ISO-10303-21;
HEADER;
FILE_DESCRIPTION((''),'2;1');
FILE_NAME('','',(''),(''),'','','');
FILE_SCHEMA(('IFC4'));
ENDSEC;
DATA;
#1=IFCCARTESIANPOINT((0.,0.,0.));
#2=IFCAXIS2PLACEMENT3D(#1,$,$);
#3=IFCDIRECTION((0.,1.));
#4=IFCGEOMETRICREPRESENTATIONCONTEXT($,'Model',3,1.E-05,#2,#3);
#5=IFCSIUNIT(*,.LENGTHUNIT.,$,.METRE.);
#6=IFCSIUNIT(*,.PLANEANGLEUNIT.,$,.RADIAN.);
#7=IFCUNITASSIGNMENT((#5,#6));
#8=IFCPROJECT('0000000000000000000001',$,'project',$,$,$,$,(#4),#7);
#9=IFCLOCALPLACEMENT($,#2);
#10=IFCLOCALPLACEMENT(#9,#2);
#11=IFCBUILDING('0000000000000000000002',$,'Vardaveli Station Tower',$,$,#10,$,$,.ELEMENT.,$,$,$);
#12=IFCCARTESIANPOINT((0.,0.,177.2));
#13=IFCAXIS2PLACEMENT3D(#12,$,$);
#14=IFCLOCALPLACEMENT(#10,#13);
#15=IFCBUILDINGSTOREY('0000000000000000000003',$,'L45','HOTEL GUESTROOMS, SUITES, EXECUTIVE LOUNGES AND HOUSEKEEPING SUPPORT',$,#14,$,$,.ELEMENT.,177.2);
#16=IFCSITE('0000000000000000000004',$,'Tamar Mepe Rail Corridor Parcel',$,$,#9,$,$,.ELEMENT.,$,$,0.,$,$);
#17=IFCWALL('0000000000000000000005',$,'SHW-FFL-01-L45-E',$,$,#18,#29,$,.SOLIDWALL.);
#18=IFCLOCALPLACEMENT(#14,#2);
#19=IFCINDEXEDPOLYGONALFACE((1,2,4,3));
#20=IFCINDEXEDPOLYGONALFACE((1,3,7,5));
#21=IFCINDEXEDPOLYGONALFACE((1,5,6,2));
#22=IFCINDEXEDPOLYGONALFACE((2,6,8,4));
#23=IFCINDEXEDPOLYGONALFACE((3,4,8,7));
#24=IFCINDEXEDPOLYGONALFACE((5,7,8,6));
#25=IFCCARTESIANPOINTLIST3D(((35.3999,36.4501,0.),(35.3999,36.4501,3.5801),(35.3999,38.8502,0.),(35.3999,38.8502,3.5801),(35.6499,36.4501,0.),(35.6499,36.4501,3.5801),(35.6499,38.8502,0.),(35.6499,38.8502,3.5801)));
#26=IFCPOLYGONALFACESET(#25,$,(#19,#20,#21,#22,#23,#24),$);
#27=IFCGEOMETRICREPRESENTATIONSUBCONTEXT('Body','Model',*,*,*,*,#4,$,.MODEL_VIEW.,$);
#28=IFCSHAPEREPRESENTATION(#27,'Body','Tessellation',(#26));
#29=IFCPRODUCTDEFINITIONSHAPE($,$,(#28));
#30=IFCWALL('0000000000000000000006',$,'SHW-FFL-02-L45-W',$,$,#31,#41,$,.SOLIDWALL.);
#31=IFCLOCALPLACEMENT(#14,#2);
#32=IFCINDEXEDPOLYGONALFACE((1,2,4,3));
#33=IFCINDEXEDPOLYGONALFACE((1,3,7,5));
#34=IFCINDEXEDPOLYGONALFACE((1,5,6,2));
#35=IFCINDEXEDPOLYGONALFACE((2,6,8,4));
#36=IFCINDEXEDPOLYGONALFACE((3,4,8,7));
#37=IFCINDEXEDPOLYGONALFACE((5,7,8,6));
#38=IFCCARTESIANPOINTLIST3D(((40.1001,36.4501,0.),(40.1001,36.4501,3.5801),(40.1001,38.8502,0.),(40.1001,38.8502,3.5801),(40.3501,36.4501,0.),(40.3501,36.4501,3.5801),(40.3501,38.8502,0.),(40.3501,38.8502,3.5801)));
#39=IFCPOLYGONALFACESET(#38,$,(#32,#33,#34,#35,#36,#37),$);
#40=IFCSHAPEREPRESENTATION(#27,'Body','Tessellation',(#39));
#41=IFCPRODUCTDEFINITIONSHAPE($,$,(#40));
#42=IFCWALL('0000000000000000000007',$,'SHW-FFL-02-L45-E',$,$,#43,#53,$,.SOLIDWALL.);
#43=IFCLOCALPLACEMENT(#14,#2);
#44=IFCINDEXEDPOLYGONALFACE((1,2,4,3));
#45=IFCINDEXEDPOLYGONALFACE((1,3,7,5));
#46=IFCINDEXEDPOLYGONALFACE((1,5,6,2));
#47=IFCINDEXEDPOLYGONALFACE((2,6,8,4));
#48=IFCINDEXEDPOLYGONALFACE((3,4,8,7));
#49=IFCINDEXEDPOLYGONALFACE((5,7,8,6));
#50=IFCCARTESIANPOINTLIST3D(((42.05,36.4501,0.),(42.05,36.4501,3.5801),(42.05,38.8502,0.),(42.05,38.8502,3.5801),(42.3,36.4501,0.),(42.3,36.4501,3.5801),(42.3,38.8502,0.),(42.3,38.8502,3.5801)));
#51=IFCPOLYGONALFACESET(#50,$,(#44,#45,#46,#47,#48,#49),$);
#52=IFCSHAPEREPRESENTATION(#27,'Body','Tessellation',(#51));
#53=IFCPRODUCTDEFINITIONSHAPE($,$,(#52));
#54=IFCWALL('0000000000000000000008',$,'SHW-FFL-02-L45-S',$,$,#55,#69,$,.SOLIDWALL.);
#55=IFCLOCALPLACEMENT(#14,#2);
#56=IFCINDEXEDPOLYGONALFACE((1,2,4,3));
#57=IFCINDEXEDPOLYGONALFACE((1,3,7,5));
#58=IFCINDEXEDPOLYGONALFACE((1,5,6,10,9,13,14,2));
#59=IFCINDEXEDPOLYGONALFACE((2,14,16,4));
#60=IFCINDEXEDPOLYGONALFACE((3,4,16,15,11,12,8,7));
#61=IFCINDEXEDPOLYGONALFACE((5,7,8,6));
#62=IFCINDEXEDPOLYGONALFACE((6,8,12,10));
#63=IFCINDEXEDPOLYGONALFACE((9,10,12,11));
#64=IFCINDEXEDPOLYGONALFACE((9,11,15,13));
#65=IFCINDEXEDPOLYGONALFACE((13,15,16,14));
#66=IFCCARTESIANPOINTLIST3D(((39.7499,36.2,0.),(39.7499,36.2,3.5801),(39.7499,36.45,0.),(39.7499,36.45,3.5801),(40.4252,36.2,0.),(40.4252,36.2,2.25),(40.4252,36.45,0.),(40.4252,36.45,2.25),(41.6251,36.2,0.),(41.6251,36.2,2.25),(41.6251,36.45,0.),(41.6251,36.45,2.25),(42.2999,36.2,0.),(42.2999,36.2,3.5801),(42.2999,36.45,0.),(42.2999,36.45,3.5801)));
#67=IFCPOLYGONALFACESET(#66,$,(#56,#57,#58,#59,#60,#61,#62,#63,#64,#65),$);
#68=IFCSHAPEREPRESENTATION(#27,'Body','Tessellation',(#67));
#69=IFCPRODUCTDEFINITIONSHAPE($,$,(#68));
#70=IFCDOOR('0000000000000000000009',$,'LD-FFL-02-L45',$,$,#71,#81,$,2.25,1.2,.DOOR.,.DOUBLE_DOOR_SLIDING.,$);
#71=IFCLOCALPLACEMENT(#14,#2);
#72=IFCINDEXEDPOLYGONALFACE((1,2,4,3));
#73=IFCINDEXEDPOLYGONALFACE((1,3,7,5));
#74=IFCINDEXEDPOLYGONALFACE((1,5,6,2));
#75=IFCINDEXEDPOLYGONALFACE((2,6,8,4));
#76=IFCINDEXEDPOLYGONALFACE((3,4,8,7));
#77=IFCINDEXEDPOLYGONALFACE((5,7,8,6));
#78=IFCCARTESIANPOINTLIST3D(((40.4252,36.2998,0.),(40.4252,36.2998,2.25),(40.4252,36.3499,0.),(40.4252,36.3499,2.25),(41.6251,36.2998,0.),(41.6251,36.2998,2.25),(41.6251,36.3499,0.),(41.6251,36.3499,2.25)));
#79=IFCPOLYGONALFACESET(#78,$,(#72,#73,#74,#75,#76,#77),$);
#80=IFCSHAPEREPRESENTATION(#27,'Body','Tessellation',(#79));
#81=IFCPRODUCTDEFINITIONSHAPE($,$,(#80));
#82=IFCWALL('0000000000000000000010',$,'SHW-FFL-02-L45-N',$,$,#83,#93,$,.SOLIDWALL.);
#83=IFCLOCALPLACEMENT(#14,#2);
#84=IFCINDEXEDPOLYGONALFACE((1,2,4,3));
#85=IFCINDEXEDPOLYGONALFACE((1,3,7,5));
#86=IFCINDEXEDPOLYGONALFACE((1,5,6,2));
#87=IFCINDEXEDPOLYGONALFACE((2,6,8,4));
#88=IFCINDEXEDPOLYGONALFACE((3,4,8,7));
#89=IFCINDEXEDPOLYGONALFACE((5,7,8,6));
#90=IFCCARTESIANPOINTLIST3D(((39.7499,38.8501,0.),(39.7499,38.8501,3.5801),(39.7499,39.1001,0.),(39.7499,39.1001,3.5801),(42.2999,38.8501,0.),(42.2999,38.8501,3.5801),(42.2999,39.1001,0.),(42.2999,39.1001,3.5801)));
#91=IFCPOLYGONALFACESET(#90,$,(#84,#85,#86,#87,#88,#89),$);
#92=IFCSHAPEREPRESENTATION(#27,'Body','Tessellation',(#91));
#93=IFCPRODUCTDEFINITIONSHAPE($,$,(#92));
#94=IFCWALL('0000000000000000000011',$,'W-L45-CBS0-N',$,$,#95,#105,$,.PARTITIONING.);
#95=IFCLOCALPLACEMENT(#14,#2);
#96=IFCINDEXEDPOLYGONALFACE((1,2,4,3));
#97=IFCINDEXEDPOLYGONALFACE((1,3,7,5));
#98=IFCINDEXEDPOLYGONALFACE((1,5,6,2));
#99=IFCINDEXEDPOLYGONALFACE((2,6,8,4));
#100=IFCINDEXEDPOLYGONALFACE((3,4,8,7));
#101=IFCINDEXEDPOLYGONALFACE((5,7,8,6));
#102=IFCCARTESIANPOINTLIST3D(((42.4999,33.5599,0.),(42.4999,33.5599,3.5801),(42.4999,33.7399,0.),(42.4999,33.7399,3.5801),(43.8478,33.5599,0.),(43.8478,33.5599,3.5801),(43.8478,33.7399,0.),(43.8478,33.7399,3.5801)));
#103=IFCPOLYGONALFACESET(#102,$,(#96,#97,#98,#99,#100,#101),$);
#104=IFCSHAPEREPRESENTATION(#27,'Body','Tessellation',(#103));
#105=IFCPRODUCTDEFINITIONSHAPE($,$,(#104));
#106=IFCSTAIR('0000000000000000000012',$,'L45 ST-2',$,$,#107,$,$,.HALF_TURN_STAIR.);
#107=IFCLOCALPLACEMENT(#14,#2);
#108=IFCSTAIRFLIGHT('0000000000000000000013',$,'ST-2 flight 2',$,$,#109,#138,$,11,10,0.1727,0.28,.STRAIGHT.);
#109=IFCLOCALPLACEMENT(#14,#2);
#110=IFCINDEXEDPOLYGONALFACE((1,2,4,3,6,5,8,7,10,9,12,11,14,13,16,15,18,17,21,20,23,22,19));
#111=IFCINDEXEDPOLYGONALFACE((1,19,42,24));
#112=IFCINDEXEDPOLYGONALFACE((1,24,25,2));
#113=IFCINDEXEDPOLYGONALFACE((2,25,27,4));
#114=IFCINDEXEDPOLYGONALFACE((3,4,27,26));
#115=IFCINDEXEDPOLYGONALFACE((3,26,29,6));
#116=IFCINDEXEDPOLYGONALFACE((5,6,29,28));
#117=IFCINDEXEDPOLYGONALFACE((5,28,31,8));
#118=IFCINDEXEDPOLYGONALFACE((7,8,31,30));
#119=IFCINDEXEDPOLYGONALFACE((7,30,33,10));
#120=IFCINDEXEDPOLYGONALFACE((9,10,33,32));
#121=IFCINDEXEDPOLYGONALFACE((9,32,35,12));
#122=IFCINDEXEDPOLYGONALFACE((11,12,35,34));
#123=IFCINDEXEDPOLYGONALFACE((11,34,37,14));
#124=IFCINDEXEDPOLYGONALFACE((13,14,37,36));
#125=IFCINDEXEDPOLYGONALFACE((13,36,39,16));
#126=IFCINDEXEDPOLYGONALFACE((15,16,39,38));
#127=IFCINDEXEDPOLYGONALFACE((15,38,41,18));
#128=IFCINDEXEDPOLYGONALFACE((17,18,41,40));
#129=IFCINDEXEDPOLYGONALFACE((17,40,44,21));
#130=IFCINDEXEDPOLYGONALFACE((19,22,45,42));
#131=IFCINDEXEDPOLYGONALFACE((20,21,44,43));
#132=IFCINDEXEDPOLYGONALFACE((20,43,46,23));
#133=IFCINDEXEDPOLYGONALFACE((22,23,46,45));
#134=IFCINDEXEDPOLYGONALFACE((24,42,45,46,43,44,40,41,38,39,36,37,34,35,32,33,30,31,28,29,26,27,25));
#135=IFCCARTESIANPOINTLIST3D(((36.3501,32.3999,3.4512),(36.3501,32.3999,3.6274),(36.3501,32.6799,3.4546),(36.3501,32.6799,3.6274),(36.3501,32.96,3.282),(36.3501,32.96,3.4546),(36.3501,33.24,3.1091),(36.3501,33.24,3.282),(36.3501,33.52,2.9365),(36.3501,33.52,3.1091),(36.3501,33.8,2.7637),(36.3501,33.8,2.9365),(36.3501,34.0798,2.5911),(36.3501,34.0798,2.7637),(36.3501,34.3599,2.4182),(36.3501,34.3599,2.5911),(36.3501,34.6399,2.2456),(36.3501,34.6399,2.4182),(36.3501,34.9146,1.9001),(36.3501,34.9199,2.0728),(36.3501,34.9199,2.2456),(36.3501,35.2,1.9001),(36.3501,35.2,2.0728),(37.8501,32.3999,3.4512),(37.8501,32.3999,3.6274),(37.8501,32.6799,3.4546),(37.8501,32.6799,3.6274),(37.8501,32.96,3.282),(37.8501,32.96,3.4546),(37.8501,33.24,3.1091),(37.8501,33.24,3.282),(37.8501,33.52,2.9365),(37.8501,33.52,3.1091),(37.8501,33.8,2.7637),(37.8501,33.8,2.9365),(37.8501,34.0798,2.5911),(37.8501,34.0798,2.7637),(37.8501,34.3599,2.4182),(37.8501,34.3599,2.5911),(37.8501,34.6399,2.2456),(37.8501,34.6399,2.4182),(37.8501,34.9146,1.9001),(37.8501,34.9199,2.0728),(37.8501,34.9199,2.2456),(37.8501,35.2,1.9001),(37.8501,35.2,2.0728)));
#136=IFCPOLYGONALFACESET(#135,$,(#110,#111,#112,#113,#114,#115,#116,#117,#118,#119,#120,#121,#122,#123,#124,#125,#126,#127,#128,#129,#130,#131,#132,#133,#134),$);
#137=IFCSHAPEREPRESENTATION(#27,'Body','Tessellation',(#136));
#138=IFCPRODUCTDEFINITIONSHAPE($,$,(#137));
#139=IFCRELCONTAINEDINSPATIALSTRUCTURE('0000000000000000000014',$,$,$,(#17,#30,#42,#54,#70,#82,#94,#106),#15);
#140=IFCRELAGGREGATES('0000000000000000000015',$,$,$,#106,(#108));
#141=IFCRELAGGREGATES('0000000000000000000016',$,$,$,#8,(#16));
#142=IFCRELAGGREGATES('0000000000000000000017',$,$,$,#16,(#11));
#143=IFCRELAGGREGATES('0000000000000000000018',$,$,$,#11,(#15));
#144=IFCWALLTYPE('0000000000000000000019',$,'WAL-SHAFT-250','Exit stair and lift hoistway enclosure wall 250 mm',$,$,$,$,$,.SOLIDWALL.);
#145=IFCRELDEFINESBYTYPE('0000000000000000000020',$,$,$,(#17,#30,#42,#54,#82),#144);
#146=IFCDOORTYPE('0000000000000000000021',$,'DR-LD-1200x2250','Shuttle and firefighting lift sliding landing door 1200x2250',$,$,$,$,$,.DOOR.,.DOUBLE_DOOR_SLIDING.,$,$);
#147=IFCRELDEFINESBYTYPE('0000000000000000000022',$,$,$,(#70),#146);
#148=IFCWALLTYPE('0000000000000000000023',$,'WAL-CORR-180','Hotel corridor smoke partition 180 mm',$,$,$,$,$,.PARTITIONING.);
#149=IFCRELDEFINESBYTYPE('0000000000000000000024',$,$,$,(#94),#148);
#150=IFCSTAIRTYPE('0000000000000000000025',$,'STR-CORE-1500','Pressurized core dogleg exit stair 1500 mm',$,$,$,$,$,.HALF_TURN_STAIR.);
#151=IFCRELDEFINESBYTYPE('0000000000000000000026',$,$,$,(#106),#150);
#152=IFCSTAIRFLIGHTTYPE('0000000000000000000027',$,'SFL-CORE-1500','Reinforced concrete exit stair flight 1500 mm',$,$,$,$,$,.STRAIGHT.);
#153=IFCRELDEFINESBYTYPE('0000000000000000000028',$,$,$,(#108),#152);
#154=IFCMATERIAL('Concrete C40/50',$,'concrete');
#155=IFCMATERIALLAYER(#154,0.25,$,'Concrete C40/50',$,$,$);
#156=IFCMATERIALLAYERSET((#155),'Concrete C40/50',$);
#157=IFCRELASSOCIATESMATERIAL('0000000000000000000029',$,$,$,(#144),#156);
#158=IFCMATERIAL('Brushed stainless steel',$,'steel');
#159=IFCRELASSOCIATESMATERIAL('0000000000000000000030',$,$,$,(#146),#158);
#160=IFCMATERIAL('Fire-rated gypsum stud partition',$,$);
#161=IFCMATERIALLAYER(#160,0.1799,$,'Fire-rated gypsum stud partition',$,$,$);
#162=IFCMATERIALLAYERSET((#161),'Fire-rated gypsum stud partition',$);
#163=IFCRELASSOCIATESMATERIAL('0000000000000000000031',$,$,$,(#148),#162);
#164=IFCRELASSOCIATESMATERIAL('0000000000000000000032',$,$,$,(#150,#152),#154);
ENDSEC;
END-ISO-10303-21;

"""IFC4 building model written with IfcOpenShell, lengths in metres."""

from ifc_helpers import new_model, si_unit, direction, frame, frame_2d, origin, place, context, subcontext, project, spatial, polyline, rectangle, outline, extrude, source, transform, mapped, material, layer, layer_set, type_object, element, fill, aggregate, save


model = new_model("IFC4")

# Units and contexts
model_context = context("Model", 3, precision=1e-05, world=origin(), true_north=direction((0.0, 1.0)))
body_context = subcontext(model_context, "Body", "Model", "MODEL_VIEW")
ifc_project = project(units=[si_unit("LENGTHUNIT", "METRE"), si_unit("PLANEANGLEUNIT", "RADIAN")], contexts=[model_context])

# Site, building, storey
site_placement = place(None, origin())
site = spatial("IfcSite", under=ifc_project, at=site_placement, Name="Tamar Mepe Rail Corridor Parcel", CompositionType="ELEMENT", RefElevation=0.0)
building_placement = place(site_placement, origin())
building = spatial("IfcBuilding", under=site, at=building_placement, Name="Vardaveli Station Tower", CompositionType="ELEMENT")
storey_placement = place(building_placement, frame((0.0, 0.0, 177.2)))
storey = spatial("IfcBuildingStorey", under=building, at=storey_placement, Name="L45", Description="HOTEL GUESTROOMS, SUITES, EXECUTIVE LOUNGES AND HOUSEKEEPING SUPPORT", CompositionType="ELEMENT", Elevation=177.2)

# Walls
ifc_material_1 = material(Name="Concrete C40/50", Category="concrete")
ifc_layer_1 = layer(ifc_material_1, 0.25, Name="Concrete C40/50")
ifc_layer_set_1 = layer_set([ifc_layer_1], Name="Concrete C40/50")
wall_type_1 = type_object("IfcWallType", Name="WAL-SHAFT-250", Description="Exit stair and lift hoistway enclosure wall 250 mm", PredefinedType="SOLIDWALL", material=ifc_layer_set_1)
shared_shape_1 = source(origin(), body_context, "Body", "SweptSolid", [
    extrude(rectangle(XDim=2.4001, YDim=0.25, at=frame_2d((1.2002, 0.0))), origin(), (0.0, 0.0, 1.0), 3.5801),
])
for number, where, z_axis, x_axis, name in (
    (1, (35.5249, 36.45, 0.0), (0.0, 0.0, 1.0), (0.0, 1.0, 0.0), "SHW-FFL-01-L45-E"),
    (2, (40.2251, 36.45, 0.0), (0.0, 0.0, 1.0), (0.0, 1.0, 0.0), "SHW-FFL-02-L45-W"),
    (3, (42.175, 36.45, 0.0), (0.0, 0.0, 1.0), (0.0, 1.0, 0.0), "SHW-FFL-02-L45-E"),
):
    element("IfcWall", number, at=place(storey_placement, frame(where, z_axis=z_axis, x_axis=x_axis)), inside=storey, type_object=wall_type_1, Name=name, PredefinedType="SOLIDWALL", context=body_context, shape_type="MappedRepresentation", body=[
        mapped(shared_shape_1, transform((0.0, 0.0, 0.0), scale=1.0)),
    ])

# Wall, opening, door
shared_shape_2 = source(origin(), body_context, "Body", "SweptSolid", [
    extrude(rectangle(XDim=2.55, YDim=0.25, at=frame_2d((1.2749, 0.0))), origin(), (0.0, 0.0, 1.0), 3.5801),
])
wall_1_placement = place(storey_placement, frame((39.75, 36.325, 0.0), z_axis=(0.0, 0.0, 1.0), x_axis=(1.0, 0.0, 0.0)))
wall_1 = element("IfcWall", 4, at=wall_1_placement, inside=storey, type_object=wall_type_1, Name="SHW-FFL-02-L45-S", PredefinedType="SOLIDWALL", context=body_context, shape_type="MappedRepresentation", body=[
    mapped(shared_shape_2, transform((0.0, 0.0, 0.0), scale=1.0)),
])
shared_shape_3 = source(origin(), body_context, "Body", "SweptSolid", [
    extrude(rectangle(XDim=1.2, YDim=2.25, at=frame_2d((0.6001, 1.125))), frame((0.0, 0.135, 0.0), z_axis=(0.0, -1.0, 0.0), x_axis=(1.0, 0.0, 0.0)), (0.0, 0.0, 1.0), 0.27),
])
opening_placement = place(wall_1_placement, frame((0.675, 0.0, 0.0)))
opening = element("IfcOpeningElement", 5, at=opening_placement, cuts=wall_1, PredefinedType="OPENING", context=body_context, shape_type="MappedRepresentation", body=[
    mapped(shared_shape_3, transform((0.0, 0.0, 0.0), scale=1.0)),
])
ifc_material_2 = material(Name="Brushed stainless steel", Category="steel")
door_type = type_object("IfcDoorType", Name="DR-LD-1200x2250", Description="Shuttle and firefighting lift sliding landing door 1200x2250", OperationType="DOUBLE_DOOR_SLIDING", PredefinedType="DOOR", material=ifc_material_2)
shared_shape_4 = source(origin(), body_context, "Body", "SweptSolid", [
    extrude(rectangle(XDim=1.2, YDim=2.25, at=frame_2d((0.6001, 1.125))), frame((0.0, 0.0249, 0.0), z_axis=(0.0, -1.0, 0.0), x_axis=(1.0, 0.0, 0.0)), (0.0, 0.0, 1.0), 0.05),
])
door_placement = place(opening_placement, origin())
door = element("IfcDoor", 6, at=door_placement, inside=storey, type_object=door_type, Name="LD-FFL-02-L45", OperationType="DOUBLE_DOOR_SLIDING", OverallHeight=2.25, OverallWidth=1.2, PredefinedType="DOOR", context=body_context, shape_type="MappedRepresentation", body=[
    mapped(shared_shape_4, transform((0.0, 0.0, 0.0), scale=1.0)),
])
fill(opening, door)

# Walls
wall_2_placement = place(storey_placement, frame((39.75, 38.9751, 0.0), z_axis=(0.0, 0.0, 1.0), x_axis=(1.0, 0.0, 0.0)))
element("IfcWall", 7, at=wall_2_placement, inside=storey, type_object=wall_type_1, Name="SHW-FFL-02-L45-N", PredefinedType="SOLIDWALL", context=body_context, shape_type="MappedRepresentation", body=[
    mapped(shared_shape_2, transform((0.0, 0.0, 0.0), scale=1.0)),
])
ifc_material_3 = material(Name="Fire-rated gypsum stud partition")
ifc_layer_2 = layer(ifc_material_3, 0.1799, Name="Fire-rated gypsum stud partition")
ifc_layer_set_2 = layer_set([ifc_layer_2], Name="Fire-rated gypsum stud partition")
wall_type_2 = type_object("IfcWallType", Name="WAL-CORR-180", Description="Hotel corridor smoke partition 180 mm", PredefinedType="PARTITIONING", material=ifc_layer_set_2)
shared_shape_5 = source(origin(), body_context, "Body", "SweptSolid", [
    extrude(rectangle(XDim=1.3479, YDim=0.1799, at=frame_2d((0.6738, 0.0))), origin(), (0.0, 0.0, 1.0), 3.5801),
])
wall_3_placement = place(storey_placement, frame((42.5, 33.6499, 0.0), z_axis=(0.0, 0.0, 1.0), x_axis=(1.0, 0.0, 0.0)))
element("IfcWall", 8, at=wall_3_placement, inside=storey, type_object=wall_type_2, Name="W-L45-CBS0-N", PredefinedType="PARTITIONING", context=body_context, shape_type="MappedRepresentation", body=[
    mapped(shared_shape_5, transform((0.0, 0.0, 0.0), scale=1.0)),
])

# Stair, stair flight
stair_type = type_object("IfcStairType", Name="STR-CORE-1500", Description="Pressurized core dogleg exit stair 1500 mm", PredefinedType="HALF_TURN_STAIR", material=ifc_material_1)
stair_placement = place(storey_placement, origin())
stair = element("IfcStair", 9, at=stair_placement, inside=storey, type_object=stair_type, Name="L45 ST-2", PredefinedType="HALF_TURN_STAIR")
stair_flight_type = type_object("IfcStairFlightType", Name="SFL-CORE-1500", Description="Reinforced concrete exit stair flight 1500 mm", PredefinedType="STRAIGHT", material=ifc_material_1)
shared_shape_6 = source(origin(), body_context, "Body", "SweptSolid", [
    extrude(outline(polyline([(0.0, 0.0), (0.0, 0.1726), (0.28, 0.1726), (0.28, 0.3455), (0.5601, 0.3455), (0.5601, 0.5181), (0.8401, 0.5181), (0.8401, 0.6909), (1.1201, 0.6909), (1.1201, 0.8635), (1.3999, 0.8635), (1.3999, 1.0364), (1.6799, 1.0364), (1.6799, 1.209), (1.96, 1.209), (1.96, 1.3818), (2.24, 1.3818), (2.24, 1.5544), (2.52, 1.5544), (2.52, 1.7273), (2.8, 1.7273), (2.8, 1.8999), (2.8, 1.551), (0.2854, 0.0), (0.0, 0.0)])), frame((0.0, 0.75, 0.0), z_axis=(0.0, -1.0, 0.0), x_axis=(1.0, 0.0, 0.0)), (0.0, 0.0, 1.0), 1.5),
])
stair_flight_placement = place(storey_placement, frame((37.1001, 35.2, 1.9001), z_axis=(0.0, 0.0, 1.0), x_axis=(0.0, -1.0, 0.0)))
stair_flight = element("IfcStairFlight", 10, at=stair_flight_placement, type_object=stair_flight_type, Name="ST-2 flight 2", NumberOfRisers=11, NumberOfTreads=10, PredefinedType="STRAIGHT", RiserHeight=0.1727, TreadLength=0.28, context=body_context, shape_type="MappedRepresentation", body=[
    mapped(shared_shape_6, transform((0.0, 0.0, 0.0), scale=1.0)),
])
aggregate(stair, [stair_flight])

save(model, "model.ifc")
